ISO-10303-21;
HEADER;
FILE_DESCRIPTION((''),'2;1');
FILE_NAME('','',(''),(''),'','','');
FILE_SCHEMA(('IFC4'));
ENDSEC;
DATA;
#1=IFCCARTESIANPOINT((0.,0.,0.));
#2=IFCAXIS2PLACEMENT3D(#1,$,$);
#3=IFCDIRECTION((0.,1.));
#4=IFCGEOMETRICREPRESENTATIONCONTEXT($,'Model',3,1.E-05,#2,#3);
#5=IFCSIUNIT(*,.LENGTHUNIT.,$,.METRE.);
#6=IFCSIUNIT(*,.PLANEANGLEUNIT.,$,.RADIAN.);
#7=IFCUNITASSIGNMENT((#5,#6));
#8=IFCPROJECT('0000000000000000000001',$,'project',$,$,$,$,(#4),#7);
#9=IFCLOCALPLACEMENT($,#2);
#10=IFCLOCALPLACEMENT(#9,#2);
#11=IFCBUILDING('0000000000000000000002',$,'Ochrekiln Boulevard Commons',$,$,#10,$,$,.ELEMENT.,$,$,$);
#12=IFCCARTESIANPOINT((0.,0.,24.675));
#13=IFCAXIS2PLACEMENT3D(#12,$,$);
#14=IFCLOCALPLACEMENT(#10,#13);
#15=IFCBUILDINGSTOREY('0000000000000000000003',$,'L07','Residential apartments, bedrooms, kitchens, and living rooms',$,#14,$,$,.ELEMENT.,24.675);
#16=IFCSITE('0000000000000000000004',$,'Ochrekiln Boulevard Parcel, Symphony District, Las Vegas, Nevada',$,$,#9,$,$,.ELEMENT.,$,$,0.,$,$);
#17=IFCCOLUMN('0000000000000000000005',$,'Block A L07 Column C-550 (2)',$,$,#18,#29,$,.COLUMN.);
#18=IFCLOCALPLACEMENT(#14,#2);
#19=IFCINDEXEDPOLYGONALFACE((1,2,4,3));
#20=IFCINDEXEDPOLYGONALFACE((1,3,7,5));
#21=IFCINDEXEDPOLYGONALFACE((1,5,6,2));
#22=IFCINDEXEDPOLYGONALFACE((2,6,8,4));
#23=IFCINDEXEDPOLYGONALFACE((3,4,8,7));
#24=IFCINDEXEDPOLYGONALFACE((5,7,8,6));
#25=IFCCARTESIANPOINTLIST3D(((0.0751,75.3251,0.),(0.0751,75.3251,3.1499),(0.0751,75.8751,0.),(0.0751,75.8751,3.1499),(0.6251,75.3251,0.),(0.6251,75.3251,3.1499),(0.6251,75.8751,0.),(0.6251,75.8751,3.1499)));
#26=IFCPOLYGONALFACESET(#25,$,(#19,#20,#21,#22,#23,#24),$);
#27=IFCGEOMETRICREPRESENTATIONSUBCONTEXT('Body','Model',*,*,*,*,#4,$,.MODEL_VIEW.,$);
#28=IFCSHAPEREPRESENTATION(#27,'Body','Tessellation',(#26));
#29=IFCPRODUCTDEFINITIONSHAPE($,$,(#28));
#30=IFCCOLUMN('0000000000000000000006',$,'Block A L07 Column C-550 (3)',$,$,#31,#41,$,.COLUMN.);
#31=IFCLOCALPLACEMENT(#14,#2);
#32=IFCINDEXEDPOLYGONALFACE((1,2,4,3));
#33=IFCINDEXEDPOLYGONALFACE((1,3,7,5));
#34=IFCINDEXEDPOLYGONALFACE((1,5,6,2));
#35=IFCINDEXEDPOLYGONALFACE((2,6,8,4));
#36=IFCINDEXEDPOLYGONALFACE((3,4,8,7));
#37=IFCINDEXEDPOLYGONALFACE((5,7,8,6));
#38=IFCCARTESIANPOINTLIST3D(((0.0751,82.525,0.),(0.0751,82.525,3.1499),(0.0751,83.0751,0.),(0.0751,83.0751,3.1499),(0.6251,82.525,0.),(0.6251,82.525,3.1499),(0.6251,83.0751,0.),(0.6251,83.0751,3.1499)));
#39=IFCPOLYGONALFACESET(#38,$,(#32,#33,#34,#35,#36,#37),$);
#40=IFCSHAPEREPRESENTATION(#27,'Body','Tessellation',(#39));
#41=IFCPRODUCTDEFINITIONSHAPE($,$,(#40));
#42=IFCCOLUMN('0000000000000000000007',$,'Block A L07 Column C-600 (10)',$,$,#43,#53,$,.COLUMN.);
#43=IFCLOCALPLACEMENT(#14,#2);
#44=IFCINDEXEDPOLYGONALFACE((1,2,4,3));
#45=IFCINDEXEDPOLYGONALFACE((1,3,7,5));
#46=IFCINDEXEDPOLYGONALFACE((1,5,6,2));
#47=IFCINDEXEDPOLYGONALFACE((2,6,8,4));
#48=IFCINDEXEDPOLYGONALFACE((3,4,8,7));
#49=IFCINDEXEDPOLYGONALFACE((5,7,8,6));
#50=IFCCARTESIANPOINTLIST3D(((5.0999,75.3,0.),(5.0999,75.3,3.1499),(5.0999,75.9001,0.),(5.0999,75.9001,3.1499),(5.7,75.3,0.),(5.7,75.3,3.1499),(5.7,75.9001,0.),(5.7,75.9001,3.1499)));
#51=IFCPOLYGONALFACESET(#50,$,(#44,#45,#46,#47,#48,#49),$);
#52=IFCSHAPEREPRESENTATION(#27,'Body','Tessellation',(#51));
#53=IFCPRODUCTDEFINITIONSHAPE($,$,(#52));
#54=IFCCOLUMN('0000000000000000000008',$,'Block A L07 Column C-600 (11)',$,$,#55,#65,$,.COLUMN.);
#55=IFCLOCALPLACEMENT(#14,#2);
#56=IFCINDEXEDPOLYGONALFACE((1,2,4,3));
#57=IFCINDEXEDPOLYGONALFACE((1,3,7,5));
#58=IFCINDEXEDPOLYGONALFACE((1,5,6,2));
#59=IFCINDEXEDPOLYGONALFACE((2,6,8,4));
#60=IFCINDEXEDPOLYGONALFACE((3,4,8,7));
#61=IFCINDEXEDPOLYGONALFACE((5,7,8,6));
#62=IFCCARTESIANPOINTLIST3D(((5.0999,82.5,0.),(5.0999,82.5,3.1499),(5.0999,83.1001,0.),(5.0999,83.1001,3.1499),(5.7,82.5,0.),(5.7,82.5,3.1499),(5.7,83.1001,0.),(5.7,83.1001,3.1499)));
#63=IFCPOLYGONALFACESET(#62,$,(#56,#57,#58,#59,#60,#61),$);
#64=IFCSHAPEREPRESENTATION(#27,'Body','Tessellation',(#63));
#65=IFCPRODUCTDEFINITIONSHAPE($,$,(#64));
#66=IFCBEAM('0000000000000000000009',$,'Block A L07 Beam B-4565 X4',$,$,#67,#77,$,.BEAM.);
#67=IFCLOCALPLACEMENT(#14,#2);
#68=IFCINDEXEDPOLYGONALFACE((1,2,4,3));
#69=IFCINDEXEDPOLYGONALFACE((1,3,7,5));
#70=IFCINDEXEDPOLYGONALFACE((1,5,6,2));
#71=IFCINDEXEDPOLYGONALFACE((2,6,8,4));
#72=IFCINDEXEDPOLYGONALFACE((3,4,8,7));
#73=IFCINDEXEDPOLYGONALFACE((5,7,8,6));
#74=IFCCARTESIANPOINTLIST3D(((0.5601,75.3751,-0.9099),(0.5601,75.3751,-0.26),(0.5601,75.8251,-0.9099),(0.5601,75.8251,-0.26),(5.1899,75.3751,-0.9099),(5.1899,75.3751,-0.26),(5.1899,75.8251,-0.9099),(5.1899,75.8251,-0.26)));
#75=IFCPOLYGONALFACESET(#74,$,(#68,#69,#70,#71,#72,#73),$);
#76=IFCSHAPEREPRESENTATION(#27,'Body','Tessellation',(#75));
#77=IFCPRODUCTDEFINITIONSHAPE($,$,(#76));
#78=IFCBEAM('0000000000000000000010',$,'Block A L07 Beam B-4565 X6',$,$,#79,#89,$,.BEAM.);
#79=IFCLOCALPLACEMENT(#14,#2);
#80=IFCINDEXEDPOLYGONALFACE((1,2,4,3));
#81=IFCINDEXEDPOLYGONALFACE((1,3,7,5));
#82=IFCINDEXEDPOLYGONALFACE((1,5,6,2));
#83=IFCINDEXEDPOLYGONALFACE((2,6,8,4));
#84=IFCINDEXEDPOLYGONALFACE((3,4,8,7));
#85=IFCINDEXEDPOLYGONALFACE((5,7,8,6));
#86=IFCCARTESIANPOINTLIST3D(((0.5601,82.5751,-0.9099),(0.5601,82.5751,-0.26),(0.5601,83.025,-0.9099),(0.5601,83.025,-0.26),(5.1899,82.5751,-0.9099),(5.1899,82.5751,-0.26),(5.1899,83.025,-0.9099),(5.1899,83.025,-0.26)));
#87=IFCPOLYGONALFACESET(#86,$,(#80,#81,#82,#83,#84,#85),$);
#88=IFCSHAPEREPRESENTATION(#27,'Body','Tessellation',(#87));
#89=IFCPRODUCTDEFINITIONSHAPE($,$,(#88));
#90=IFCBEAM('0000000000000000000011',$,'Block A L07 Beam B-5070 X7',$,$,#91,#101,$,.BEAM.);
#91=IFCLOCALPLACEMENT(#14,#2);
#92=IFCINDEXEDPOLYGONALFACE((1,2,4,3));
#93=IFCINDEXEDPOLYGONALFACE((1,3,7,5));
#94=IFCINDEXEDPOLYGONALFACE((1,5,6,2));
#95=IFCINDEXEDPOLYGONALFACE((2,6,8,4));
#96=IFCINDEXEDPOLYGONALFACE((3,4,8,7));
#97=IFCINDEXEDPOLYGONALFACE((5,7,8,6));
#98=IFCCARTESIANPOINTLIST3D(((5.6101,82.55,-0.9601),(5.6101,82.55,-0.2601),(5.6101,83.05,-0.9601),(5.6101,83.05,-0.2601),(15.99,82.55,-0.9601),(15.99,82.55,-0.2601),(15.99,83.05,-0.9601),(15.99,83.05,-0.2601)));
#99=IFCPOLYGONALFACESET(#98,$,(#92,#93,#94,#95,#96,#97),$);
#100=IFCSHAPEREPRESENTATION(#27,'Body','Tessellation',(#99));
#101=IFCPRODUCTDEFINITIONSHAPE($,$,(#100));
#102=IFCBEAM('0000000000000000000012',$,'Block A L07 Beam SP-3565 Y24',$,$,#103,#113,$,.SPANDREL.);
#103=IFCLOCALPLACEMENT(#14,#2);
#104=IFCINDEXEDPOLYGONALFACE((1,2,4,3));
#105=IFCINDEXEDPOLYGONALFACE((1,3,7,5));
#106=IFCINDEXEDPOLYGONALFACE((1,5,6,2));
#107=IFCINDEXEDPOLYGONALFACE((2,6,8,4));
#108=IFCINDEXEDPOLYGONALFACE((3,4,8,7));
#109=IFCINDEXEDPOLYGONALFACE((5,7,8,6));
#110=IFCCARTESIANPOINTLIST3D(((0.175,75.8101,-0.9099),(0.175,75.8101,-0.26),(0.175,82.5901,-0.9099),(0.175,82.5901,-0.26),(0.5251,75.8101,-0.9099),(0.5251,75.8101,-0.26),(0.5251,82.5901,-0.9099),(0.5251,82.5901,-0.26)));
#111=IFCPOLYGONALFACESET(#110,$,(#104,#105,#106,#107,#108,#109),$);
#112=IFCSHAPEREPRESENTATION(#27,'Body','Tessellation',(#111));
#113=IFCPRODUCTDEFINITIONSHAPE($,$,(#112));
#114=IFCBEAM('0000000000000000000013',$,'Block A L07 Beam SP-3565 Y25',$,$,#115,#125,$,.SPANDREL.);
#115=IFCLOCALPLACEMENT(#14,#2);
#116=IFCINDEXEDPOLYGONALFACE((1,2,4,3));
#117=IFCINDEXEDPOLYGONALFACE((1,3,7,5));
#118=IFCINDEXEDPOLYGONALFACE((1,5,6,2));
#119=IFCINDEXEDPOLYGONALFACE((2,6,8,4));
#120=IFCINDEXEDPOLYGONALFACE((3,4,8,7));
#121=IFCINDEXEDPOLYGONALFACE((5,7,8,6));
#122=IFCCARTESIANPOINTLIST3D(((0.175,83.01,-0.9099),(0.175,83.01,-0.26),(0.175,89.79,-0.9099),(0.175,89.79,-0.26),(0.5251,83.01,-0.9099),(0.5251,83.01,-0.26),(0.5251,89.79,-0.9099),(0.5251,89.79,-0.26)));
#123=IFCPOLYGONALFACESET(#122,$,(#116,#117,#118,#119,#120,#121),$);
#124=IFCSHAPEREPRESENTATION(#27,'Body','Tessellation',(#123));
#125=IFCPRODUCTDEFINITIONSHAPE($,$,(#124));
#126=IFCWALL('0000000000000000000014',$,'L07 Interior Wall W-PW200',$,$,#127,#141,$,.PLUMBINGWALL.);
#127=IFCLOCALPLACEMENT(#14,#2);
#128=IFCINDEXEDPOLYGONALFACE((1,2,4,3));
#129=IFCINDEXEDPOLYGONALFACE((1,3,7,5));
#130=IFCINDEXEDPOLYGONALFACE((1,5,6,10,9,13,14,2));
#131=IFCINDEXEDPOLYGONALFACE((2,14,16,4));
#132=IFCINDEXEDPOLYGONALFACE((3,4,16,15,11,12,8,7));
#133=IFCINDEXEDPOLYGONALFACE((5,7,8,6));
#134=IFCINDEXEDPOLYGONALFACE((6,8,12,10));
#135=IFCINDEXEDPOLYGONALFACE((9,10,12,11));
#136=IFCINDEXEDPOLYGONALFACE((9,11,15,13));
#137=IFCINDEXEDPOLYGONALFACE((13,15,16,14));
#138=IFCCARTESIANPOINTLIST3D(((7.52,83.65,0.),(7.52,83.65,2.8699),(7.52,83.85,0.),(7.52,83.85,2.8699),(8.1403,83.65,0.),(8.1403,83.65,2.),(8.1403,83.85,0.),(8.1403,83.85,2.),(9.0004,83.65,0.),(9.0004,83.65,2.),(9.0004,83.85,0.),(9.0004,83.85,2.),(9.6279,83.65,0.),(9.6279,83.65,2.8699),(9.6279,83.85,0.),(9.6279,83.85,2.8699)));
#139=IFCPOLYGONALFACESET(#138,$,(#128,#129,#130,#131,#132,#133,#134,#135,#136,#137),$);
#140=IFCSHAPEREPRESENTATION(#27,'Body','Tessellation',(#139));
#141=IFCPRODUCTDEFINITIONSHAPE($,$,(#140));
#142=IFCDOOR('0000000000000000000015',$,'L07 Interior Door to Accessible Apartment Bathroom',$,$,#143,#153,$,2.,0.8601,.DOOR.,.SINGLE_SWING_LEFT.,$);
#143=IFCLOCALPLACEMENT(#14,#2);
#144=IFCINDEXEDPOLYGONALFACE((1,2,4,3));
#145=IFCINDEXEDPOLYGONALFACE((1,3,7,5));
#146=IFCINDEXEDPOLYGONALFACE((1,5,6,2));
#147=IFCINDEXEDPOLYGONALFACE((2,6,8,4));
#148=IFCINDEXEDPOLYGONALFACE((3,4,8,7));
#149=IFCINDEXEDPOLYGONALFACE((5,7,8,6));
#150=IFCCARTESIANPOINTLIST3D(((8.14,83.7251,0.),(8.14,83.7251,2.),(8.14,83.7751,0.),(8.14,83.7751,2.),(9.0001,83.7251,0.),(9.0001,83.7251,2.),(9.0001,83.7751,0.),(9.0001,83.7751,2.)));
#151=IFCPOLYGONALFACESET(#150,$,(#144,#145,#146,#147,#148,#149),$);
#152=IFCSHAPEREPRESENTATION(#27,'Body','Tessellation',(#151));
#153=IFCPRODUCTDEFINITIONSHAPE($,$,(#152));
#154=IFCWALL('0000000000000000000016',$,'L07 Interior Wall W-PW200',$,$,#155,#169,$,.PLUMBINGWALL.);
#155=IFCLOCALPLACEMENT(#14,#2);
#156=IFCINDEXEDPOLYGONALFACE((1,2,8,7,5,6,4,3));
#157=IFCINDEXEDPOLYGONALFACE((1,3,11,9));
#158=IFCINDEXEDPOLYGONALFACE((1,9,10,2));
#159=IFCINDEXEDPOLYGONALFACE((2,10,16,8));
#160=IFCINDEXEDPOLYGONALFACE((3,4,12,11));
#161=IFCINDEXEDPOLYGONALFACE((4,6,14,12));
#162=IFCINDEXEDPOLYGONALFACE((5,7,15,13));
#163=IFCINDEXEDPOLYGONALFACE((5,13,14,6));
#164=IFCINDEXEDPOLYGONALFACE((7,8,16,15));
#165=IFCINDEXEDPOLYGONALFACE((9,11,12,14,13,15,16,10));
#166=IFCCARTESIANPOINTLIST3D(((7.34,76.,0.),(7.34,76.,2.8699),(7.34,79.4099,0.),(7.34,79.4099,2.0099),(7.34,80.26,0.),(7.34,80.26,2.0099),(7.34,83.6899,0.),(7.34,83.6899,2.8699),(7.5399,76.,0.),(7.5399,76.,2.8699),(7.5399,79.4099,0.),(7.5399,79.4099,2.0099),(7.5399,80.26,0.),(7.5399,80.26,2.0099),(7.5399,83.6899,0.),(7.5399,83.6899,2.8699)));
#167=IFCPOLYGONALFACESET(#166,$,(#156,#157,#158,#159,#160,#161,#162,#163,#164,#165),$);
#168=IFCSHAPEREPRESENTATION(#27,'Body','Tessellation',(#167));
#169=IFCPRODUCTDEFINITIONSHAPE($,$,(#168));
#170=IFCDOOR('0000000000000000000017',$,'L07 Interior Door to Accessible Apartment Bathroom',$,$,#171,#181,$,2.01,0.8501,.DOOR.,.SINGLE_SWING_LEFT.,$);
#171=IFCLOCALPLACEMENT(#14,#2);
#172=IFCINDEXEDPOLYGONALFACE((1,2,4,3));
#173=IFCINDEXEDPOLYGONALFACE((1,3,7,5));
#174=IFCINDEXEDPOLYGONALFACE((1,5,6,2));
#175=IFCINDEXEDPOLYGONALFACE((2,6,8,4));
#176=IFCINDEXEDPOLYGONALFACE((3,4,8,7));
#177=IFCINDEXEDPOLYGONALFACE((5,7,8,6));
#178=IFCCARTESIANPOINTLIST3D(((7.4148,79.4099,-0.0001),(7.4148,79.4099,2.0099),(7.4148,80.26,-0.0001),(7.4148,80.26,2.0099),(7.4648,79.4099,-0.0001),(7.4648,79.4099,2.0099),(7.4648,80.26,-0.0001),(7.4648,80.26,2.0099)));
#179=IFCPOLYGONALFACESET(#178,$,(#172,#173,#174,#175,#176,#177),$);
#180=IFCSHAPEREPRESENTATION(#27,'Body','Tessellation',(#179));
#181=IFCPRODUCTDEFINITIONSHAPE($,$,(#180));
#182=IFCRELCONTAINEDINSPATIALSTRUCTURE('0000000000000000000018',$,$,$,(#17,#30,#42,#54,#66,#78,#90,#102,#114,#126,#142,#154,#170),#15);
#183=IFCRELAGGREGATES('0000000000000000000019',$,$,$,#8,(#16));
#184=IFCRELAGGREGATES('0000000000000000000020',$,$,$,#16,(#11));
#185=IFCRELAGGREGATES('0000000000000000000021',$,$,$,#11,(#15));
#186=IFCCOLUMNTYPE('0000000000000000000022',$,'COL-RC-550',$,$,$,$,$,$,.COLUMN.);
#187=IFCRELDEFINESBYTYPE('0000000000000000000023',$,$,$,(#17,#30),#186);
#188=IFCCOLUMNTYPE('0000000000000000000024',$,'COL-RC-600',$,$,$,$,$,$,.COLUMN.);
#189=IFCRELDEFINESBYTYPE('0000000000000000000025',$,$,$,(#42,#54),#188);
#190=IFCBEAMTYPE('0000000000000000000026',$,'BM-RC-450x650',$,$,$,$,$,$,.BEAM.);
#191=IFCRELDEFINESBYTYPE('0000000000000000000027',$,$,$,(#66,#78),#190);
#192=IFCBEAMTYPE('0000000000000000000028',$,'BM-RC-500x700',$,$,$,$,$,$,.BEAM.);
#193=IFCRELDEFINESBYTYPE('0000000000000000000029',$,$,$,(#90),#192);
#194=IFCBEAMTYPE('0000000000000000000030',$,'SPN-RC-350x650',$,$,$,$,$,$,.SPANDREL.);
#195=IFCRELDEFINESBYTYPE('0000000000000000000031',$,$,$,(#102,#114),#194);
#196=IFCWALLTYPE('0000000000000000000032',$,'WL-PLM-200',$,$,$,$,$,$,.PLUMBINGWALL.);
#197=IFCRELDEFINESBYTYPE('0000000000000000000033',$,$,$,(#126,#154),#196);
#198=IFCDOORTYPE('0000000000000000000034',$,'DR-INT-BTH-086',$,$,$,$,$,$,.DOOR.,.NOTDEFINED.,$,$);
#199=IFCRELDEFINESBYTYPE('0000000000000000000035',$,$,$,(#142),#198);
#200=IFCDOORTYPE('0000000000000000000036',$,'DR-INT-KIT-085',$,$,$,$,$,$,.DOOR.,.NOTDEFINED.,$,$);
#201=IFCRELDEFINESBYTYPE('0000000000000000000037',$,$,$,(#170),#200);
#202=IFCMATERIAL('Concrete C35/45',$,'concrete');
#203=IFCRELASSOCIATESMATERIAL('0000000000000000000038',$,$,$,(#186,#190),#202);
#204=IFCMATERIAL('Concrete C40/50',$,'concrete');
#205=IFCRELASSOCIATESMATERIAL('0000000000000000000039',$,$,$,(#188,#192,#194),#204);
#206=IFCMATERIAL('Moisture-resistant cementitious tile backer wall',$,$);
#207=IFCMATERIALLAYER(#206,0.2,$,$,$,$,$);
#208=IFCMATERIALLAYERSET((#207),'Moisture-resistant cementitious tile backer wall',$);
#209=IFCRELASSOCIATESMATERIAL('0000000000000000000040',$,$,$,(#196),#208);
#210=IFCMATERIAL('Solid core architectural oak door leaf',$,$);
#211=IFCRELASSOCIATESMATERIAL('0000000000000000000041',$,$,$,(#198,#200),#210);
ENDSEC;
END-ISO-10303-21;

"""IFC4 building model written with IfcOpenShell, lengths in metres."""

from ifc_helpers import new_model, si_unit, direction, frame, frame_2d, origin, origin_2d, place, context, subcontext, project, spatial, rectangle, extrude, material, layer, layer_set, material_profile, profile_set, type_object, element, fill, save


model = new_model("IFC4")

# Units and contexts
model_context = context("Model", 3, precision=1e-05, world=origin(), true_north=direction((0.0, 1.0)))
body_context = subcontext(model_context, "Body", "Model", "MODEL_VIEW")
ifc_project = project(units=[si_unit("LENGTHUNIT", "METRE"), si_unit("PLANEANGLEUNIT", "RADIAN")], contexts=[model_context])

# Site, building, storey
site_placement = place(None, origin())
site = spatial("IfcSite", under=ifc_project, at=site_placement, Name="Ochrekiln Boulevard Parcel, Symphony District, Las Vegas, Nevada", CompositionType="ELEMENT", RefElevation=0.0)
building_placement = place(site_placement, origin())
building = spatial("IfcBuilding", under=site, at=building_placement, Name="Ochrekiln Boulevard Commons", CompositionType="ELEMENT")
storey_placement = place(building_placement, frame((0.0, 0.0, 24.675)))
storey = spatial("IfcBuildingStorey", under=building, at=storey_placement, Name="L07", Description="Residential apartments, bedrooms, kitchens, and living rooms", CompositionType="ELEMENT", Elevation=24.675)

# Columns
ifc_material_1 = material(Name="Concrete C35/45", Category="concrete")
ifc_material_profile_1 = material_profile(ifc_material_1, rectangle(XDim=0.55, YDim=0.55, at=origin_2d()), Name="RC-COL-550x550")
ifc_profile_set_1 = profile_set([ifc_material_profile_1], Name="Concrete C35/45")
column_type_1 = type_object("IfcColumnType", Name="COL-RC-550", PredefinedType="COLUMN", material=ifc_profile_set_1)
for number, where, z_axis, x_axis, name in (
    (1, (0.3501, 75.6001, 0.0), (0.0, 0.0, 1.0), (1.0, 0.0, 0.0), "Block A L07 Column C-550 (2)"),
    (2, (0.3501, 82.8, 0.0), (0.0, 0.0, 1.0), (1.0, 0.0, 0.0), "Block A L07 Column C-550 (3)"),
):
    element("IfcColumn", number, at=place(storey_placement, frame(where, z_axis=z_axis, x_axis=x_axis)), inside=storey, type_object=column_type_1, Name=name, PredefinedType="COLUMN", context=body_context, shape_type="SweptSolid", body=[
        extrude(rectangle(XDim=0.55, YDim=0.55, at=origin_2d()), origin(), (0.0, 0.0, 1.0), 3.1499),
    ])
ifc_material_2 = material(Name="Concrete C40/50", Category="concrete")
ifc_material_profile_2 = material_profile(ifc_material_2, rectangle(XDim=0.6001, YDim=0.6001, at=origin_2d()), Name="RC-COL-600x600")
ifc_profile_set_2 = profile_set([ifc_material_profile_2], Name="Concrete C40/50")
column_type_2 = type_object("IfcColumnType", Name="COL-RC-600", PredefinedType="COLUMN", material=ifc_profile_set_2)
for number, where, z_axis, x_axis, name in (
    (3, (5.3999, 75.6001, 0.0), (0.0, 0.0, 1.0), (1.0, 0.0, 0.0), "Block A L07 Column C-600 (10)"),
    (4, (5.3999, 82.8, 0.0), (0.0, 0.0, 1.0), (1.0, 0.0, 0.0), "Block A L07 Column C-600 (11)"),
):
    element("IfcColumn", number, at=place(storey_placement, frame(where, z_axis=z_axis, x_axis=x_axis)), inside=storey, type_object=column_type_2, Name=name, PredefinedType="COLUMN", context=body_context, shape_type="SweptSolid", body=[
        extrude(rectangle(XDim=0.6001, YDim=0.6001, at=origin_2d()), origin(), (0.0, 0.0, 1.0), 3.1499),
    ])

# Beams
ifc_material_profile_3 = material_profile(ifc_material_1, rectangle(XDim=0.45, YDim=0.6499, at=origin_2d()), Name="RC-BM-450x650")
ifc_profile_set_3 = profile_set([ifc_material_profile_3], Name="Concrete C35/45")
beam_type_1 = type_object("IfcBeamType", Name="BM-RC-450x650", PredefinedType="BEAM", material=ifc_profile_set_3)
for number, where, z_axis, x_axis, name in (
    (5, (0.5601, 75.6001, -0.585), (1.0, 0.0, 0.0), (0.0, 1.0, 0.0), "Block A L07 Beam B-4565 X4"),
    (6, (0.5601, 82.8, -0.585), (1.0, 0.0, 0.0), (0.0, 1.0, 0.0), "Block A L07 Beam B-4565 X6"),
):
    element("IfcBeam", number, at=place(storey_placement, frame(where, z_axis=z_axis, x_axis=x_axis)), inside=storey, type_object=beam_type_1, Name=name, PredefinedType="BEAM", context=body_context, shape_type="SweptSolid", body=[
        extrude(rectangle(XDim=0.45, YDim=0.6499, at=origin_2d()), origin(), (0.0, 0.0, 1.0), 4.6299),
    ])
ifc_material_profile_4 = material_profile(ifc_material_2, rectangle(XDim=0.5, YDim=0.7, at=origin_2d()), Name="RC-BM-500x700")
ifc_profile_set_4 = profile_set([ifc_material_profile_4], Name="Concrete C40/50")
beam_type_2 = type_object("IfcBeamType", Name="BM-RC-500x700", PredefinedType="BEAM", material=ifc_profile_set_4)
beam_placement = place(storey_placement, frame((5.6101, 82.8, -0.6101), z_axis=(1.0, 0.0, 0.0), x_axis=(0.0, 1.0, 0.0)))
element("IfcBeam", 7, at=beam_placement, inside=storey, type_object=beam_type_2, Name="Block A L07 Beam B-5070 X7", PredefinedType="BEAM", context=body_context, shape_type="SweptSolid", body=[
    extrude(rectangle(XDim=0.5, YDim=0.7, at=origin_2d()), origin(), (0.0, 0.0, 1.0), 10.3799),
])
ifc_material_profile_5 = material_profile(ifc_material_2, rectangle(XDim=0.3501, YDim=0.6499, at=origin_2d()), Name="RC-SPN-350x650")
ifc_profile_set_5 = profile_set([ifc_material_profile_5], Name="Concrete C40/50")
beam_type_3 = type_object("IfcBeamType", Name="SPN-RC-350x650", PredefinedType="SPANDREL", material=ifc_profile_set_5)
for number, where, z_axis, x_axis, name in (
    (8, (0.3501, 75.8101, -0.585), (0.0, 1.0, 0.0), (-1.0, 0.0, 0.0), "Block A L07 Beam SP-3565 Y24"),
    (9, (0.3501, 83.01, -0.585), (0.0, 1.0, 0.0), (-1.0, 0.0, 0.0), "Block A L07 Beam SP-3565 Y25"),
):
    element("IfcBeam", number, at=place(storey_placement, frame(where, z_axis=z_axis, x_axis=x_axis)), inside=storey, type_object=beam_type_3, Name=name, PredefinedType="SPANDREL", context=body_context, shape_type="SweptSolid", body=[
        extrude(rectangle(XDim=0.3501, YDim=0.6499, at=origin_2d()), origin(), (0.0, 0.0, 1.0), 6.78),
    ])

# Walls, openings, doors
ifc_material_3 = material(Name="Moisture-resistant cementitious tile backer wall")
ifc_layer_1 = layer(ifc_material_3, 0.2)
ifc_layer_set_1 = layer_set([ifc_layer_1], Name="Moisture-resistant cementitious tile backer wall")
wall_type_1 = type_object("IfcWallType", Name="WL-PLM-200", PredefinedType="PLUMBINGWALL", material=ifc_layer_set_1)
wall_1_placement = place(storey_placement, frame((7.52, 83.75, 0.0), z_axis=(0.0, 0.0, 1.0), x_axis=(1.0, 0.0, 0.0)))
wall_1 = element("IfcWall", 10, at=wall_1_placement, inside=storey, type_object=wall_type_1, Name="L07 Interior Wall W-PW200", PredefinedType="PLUMBINGWALL", context=body_context, shape_type="SweptSolid", body=[
    extrude(rectangle(XDim=2.1079, YDim=0.2, at=frame_2d((1.054, 0.0))), origin(), (0.0, 0.0, 1.0), 2.8699),
])
opening_1_placement = place(wall_1_placement, frame((0.6201, 0.0, 0.0)))
opening_1 = element("IfcOpeningElement", 11, at=opening_1_placement, cuts=wall_1, PredefinedType="OPENING", context=body_context, shape_type="SweptSolid", body=[
    extrude(rectangle(XDim=0.8601, YDim=2.0, at=frame_2d((0.4302, 1.0))), frame((0.0, 0.1099, 0.0), z_axis=(0.0, -1.0, 0.0), x_axis=(1.0, 0.0, 0.0)), (0.0, 0.0, 1.0), 0.22),
])
ifc_material_4 = material(Name="Solid core architectural oak door leaf")
door_type_1 = type_object("IfcDoorType", Name="DR-INT-BTH-086", OperationType="NOTDEFINED", PredefinedType="DOOR", material=ifc_material_4)
door_1_placement = place(opening_1_placement, frame((0.8601, 0.0, 0.0), z_axis=(0.0, 0.0, 1.0), x_axis=(-1.0, 0.0, 0.0)))
door_1 = element("IfcDoor", 12, at=door_1_placement, inside=storey, type_object=door_type_1, Name="L07 Interior Door to Accessible Apartment Bathroom", OperationType="SINGLE_SWING_LEFT", OverallHeight=2.0, OverallWidth=0.8601, PredefinedType="DOOR", context=body_context, shape_type="SweptSolid", body=[
    extrude(rectangle(XDim=0.8601, YDim=2.0, at=frame_2d((0.4302, 1.0))), frame((0.0, 0.0249, 0.0), z_axis=(0.0, -1.0, 0.0), x_axis=(1.0, 0.0, 0.0)), (0.0, 0.0, 1.0), 0.05),
])
fill(opening_1, door_1)
wall_2_placement = place(storey_placement, frame((7.4399, 76.0, 0.0), z_axis=(0.0, 0.0, 1.0), x_axis=(0.0, 1.0, 0.0)))
wall_2 = element("IfcWall", 13, at=wall_2_placement, inside=storey, type_object=wall_type_1, Name="L07 Interior Wall W-PW200", PredefinedType="PLUMBINGWALL", context=body_context, shape_type="SweptSolid", body=[
    extrude(rectangle(XDim=7.6899, YDim=0.2, at=frame_2d((3.845, 0.0))), origin(), (0.0, 0.0, 1.0), 2.8699),
])
opening_2_placement = place(wall_2_placement, frame((3.4099, 0.0, 0.0)))
opening_2 = element("IfcOpeningElement", 14, at=opening_2_placement, cuts=wall_2, PredefinedType="OPENING", context=body_context, shape_type="SweptSolid", body=[
    extrude(rectangle(XDim=0.8501, YDim=2.01, at=frame_2d((0.425, 1.0049))), frame((0.0, 0.1099, 0.0), z_axis=(0.0, -1.0, 0.0), x_axis=(1.0, 0.0, 0.0)), (0.0, 0.0, 1.0), 0.22),
])
door_type_2 = type_object("IfcDoorType", Name="DR-INT-KIT-085", OperationType="NOTDEFINED", PredefinedType="DOOR", material=ifc_material_4)
door_2_placement = place(opening_2_placement, frame((0.8501, 0.0, 0.0), z_axis=(0.0, 0.0, 1.0), x_axis=(-1.0, 0.0, 0.0)))
door_2 = element("IfcDoor", 15, at=door_2_placement, inside=storey, type_object=door_type_2, Name="L07 Interior Door to Accessible Apartment Bathroom", OperationType="SINGLE_SWING_LEFT", OverallHeight=2.01, OverallWidth=0.8501, PredefinedType="DOOR", context=body_context, shape_type="SweptSolid", body=[
    extrude(rectangle(XDim=0.8501, YDim=2.01, at=frame_2d((0.425, 1.0049))), frame((0.0, 0.0249, 0.0), z_axis=(0.0, -1.0, 0.0), x_axis=(1.0, 0.0, 0.0)), (0.0, 0.0, 1.0), 0.05),
])
fill(opening_2, door_2)

save(model, "model.ifc")
